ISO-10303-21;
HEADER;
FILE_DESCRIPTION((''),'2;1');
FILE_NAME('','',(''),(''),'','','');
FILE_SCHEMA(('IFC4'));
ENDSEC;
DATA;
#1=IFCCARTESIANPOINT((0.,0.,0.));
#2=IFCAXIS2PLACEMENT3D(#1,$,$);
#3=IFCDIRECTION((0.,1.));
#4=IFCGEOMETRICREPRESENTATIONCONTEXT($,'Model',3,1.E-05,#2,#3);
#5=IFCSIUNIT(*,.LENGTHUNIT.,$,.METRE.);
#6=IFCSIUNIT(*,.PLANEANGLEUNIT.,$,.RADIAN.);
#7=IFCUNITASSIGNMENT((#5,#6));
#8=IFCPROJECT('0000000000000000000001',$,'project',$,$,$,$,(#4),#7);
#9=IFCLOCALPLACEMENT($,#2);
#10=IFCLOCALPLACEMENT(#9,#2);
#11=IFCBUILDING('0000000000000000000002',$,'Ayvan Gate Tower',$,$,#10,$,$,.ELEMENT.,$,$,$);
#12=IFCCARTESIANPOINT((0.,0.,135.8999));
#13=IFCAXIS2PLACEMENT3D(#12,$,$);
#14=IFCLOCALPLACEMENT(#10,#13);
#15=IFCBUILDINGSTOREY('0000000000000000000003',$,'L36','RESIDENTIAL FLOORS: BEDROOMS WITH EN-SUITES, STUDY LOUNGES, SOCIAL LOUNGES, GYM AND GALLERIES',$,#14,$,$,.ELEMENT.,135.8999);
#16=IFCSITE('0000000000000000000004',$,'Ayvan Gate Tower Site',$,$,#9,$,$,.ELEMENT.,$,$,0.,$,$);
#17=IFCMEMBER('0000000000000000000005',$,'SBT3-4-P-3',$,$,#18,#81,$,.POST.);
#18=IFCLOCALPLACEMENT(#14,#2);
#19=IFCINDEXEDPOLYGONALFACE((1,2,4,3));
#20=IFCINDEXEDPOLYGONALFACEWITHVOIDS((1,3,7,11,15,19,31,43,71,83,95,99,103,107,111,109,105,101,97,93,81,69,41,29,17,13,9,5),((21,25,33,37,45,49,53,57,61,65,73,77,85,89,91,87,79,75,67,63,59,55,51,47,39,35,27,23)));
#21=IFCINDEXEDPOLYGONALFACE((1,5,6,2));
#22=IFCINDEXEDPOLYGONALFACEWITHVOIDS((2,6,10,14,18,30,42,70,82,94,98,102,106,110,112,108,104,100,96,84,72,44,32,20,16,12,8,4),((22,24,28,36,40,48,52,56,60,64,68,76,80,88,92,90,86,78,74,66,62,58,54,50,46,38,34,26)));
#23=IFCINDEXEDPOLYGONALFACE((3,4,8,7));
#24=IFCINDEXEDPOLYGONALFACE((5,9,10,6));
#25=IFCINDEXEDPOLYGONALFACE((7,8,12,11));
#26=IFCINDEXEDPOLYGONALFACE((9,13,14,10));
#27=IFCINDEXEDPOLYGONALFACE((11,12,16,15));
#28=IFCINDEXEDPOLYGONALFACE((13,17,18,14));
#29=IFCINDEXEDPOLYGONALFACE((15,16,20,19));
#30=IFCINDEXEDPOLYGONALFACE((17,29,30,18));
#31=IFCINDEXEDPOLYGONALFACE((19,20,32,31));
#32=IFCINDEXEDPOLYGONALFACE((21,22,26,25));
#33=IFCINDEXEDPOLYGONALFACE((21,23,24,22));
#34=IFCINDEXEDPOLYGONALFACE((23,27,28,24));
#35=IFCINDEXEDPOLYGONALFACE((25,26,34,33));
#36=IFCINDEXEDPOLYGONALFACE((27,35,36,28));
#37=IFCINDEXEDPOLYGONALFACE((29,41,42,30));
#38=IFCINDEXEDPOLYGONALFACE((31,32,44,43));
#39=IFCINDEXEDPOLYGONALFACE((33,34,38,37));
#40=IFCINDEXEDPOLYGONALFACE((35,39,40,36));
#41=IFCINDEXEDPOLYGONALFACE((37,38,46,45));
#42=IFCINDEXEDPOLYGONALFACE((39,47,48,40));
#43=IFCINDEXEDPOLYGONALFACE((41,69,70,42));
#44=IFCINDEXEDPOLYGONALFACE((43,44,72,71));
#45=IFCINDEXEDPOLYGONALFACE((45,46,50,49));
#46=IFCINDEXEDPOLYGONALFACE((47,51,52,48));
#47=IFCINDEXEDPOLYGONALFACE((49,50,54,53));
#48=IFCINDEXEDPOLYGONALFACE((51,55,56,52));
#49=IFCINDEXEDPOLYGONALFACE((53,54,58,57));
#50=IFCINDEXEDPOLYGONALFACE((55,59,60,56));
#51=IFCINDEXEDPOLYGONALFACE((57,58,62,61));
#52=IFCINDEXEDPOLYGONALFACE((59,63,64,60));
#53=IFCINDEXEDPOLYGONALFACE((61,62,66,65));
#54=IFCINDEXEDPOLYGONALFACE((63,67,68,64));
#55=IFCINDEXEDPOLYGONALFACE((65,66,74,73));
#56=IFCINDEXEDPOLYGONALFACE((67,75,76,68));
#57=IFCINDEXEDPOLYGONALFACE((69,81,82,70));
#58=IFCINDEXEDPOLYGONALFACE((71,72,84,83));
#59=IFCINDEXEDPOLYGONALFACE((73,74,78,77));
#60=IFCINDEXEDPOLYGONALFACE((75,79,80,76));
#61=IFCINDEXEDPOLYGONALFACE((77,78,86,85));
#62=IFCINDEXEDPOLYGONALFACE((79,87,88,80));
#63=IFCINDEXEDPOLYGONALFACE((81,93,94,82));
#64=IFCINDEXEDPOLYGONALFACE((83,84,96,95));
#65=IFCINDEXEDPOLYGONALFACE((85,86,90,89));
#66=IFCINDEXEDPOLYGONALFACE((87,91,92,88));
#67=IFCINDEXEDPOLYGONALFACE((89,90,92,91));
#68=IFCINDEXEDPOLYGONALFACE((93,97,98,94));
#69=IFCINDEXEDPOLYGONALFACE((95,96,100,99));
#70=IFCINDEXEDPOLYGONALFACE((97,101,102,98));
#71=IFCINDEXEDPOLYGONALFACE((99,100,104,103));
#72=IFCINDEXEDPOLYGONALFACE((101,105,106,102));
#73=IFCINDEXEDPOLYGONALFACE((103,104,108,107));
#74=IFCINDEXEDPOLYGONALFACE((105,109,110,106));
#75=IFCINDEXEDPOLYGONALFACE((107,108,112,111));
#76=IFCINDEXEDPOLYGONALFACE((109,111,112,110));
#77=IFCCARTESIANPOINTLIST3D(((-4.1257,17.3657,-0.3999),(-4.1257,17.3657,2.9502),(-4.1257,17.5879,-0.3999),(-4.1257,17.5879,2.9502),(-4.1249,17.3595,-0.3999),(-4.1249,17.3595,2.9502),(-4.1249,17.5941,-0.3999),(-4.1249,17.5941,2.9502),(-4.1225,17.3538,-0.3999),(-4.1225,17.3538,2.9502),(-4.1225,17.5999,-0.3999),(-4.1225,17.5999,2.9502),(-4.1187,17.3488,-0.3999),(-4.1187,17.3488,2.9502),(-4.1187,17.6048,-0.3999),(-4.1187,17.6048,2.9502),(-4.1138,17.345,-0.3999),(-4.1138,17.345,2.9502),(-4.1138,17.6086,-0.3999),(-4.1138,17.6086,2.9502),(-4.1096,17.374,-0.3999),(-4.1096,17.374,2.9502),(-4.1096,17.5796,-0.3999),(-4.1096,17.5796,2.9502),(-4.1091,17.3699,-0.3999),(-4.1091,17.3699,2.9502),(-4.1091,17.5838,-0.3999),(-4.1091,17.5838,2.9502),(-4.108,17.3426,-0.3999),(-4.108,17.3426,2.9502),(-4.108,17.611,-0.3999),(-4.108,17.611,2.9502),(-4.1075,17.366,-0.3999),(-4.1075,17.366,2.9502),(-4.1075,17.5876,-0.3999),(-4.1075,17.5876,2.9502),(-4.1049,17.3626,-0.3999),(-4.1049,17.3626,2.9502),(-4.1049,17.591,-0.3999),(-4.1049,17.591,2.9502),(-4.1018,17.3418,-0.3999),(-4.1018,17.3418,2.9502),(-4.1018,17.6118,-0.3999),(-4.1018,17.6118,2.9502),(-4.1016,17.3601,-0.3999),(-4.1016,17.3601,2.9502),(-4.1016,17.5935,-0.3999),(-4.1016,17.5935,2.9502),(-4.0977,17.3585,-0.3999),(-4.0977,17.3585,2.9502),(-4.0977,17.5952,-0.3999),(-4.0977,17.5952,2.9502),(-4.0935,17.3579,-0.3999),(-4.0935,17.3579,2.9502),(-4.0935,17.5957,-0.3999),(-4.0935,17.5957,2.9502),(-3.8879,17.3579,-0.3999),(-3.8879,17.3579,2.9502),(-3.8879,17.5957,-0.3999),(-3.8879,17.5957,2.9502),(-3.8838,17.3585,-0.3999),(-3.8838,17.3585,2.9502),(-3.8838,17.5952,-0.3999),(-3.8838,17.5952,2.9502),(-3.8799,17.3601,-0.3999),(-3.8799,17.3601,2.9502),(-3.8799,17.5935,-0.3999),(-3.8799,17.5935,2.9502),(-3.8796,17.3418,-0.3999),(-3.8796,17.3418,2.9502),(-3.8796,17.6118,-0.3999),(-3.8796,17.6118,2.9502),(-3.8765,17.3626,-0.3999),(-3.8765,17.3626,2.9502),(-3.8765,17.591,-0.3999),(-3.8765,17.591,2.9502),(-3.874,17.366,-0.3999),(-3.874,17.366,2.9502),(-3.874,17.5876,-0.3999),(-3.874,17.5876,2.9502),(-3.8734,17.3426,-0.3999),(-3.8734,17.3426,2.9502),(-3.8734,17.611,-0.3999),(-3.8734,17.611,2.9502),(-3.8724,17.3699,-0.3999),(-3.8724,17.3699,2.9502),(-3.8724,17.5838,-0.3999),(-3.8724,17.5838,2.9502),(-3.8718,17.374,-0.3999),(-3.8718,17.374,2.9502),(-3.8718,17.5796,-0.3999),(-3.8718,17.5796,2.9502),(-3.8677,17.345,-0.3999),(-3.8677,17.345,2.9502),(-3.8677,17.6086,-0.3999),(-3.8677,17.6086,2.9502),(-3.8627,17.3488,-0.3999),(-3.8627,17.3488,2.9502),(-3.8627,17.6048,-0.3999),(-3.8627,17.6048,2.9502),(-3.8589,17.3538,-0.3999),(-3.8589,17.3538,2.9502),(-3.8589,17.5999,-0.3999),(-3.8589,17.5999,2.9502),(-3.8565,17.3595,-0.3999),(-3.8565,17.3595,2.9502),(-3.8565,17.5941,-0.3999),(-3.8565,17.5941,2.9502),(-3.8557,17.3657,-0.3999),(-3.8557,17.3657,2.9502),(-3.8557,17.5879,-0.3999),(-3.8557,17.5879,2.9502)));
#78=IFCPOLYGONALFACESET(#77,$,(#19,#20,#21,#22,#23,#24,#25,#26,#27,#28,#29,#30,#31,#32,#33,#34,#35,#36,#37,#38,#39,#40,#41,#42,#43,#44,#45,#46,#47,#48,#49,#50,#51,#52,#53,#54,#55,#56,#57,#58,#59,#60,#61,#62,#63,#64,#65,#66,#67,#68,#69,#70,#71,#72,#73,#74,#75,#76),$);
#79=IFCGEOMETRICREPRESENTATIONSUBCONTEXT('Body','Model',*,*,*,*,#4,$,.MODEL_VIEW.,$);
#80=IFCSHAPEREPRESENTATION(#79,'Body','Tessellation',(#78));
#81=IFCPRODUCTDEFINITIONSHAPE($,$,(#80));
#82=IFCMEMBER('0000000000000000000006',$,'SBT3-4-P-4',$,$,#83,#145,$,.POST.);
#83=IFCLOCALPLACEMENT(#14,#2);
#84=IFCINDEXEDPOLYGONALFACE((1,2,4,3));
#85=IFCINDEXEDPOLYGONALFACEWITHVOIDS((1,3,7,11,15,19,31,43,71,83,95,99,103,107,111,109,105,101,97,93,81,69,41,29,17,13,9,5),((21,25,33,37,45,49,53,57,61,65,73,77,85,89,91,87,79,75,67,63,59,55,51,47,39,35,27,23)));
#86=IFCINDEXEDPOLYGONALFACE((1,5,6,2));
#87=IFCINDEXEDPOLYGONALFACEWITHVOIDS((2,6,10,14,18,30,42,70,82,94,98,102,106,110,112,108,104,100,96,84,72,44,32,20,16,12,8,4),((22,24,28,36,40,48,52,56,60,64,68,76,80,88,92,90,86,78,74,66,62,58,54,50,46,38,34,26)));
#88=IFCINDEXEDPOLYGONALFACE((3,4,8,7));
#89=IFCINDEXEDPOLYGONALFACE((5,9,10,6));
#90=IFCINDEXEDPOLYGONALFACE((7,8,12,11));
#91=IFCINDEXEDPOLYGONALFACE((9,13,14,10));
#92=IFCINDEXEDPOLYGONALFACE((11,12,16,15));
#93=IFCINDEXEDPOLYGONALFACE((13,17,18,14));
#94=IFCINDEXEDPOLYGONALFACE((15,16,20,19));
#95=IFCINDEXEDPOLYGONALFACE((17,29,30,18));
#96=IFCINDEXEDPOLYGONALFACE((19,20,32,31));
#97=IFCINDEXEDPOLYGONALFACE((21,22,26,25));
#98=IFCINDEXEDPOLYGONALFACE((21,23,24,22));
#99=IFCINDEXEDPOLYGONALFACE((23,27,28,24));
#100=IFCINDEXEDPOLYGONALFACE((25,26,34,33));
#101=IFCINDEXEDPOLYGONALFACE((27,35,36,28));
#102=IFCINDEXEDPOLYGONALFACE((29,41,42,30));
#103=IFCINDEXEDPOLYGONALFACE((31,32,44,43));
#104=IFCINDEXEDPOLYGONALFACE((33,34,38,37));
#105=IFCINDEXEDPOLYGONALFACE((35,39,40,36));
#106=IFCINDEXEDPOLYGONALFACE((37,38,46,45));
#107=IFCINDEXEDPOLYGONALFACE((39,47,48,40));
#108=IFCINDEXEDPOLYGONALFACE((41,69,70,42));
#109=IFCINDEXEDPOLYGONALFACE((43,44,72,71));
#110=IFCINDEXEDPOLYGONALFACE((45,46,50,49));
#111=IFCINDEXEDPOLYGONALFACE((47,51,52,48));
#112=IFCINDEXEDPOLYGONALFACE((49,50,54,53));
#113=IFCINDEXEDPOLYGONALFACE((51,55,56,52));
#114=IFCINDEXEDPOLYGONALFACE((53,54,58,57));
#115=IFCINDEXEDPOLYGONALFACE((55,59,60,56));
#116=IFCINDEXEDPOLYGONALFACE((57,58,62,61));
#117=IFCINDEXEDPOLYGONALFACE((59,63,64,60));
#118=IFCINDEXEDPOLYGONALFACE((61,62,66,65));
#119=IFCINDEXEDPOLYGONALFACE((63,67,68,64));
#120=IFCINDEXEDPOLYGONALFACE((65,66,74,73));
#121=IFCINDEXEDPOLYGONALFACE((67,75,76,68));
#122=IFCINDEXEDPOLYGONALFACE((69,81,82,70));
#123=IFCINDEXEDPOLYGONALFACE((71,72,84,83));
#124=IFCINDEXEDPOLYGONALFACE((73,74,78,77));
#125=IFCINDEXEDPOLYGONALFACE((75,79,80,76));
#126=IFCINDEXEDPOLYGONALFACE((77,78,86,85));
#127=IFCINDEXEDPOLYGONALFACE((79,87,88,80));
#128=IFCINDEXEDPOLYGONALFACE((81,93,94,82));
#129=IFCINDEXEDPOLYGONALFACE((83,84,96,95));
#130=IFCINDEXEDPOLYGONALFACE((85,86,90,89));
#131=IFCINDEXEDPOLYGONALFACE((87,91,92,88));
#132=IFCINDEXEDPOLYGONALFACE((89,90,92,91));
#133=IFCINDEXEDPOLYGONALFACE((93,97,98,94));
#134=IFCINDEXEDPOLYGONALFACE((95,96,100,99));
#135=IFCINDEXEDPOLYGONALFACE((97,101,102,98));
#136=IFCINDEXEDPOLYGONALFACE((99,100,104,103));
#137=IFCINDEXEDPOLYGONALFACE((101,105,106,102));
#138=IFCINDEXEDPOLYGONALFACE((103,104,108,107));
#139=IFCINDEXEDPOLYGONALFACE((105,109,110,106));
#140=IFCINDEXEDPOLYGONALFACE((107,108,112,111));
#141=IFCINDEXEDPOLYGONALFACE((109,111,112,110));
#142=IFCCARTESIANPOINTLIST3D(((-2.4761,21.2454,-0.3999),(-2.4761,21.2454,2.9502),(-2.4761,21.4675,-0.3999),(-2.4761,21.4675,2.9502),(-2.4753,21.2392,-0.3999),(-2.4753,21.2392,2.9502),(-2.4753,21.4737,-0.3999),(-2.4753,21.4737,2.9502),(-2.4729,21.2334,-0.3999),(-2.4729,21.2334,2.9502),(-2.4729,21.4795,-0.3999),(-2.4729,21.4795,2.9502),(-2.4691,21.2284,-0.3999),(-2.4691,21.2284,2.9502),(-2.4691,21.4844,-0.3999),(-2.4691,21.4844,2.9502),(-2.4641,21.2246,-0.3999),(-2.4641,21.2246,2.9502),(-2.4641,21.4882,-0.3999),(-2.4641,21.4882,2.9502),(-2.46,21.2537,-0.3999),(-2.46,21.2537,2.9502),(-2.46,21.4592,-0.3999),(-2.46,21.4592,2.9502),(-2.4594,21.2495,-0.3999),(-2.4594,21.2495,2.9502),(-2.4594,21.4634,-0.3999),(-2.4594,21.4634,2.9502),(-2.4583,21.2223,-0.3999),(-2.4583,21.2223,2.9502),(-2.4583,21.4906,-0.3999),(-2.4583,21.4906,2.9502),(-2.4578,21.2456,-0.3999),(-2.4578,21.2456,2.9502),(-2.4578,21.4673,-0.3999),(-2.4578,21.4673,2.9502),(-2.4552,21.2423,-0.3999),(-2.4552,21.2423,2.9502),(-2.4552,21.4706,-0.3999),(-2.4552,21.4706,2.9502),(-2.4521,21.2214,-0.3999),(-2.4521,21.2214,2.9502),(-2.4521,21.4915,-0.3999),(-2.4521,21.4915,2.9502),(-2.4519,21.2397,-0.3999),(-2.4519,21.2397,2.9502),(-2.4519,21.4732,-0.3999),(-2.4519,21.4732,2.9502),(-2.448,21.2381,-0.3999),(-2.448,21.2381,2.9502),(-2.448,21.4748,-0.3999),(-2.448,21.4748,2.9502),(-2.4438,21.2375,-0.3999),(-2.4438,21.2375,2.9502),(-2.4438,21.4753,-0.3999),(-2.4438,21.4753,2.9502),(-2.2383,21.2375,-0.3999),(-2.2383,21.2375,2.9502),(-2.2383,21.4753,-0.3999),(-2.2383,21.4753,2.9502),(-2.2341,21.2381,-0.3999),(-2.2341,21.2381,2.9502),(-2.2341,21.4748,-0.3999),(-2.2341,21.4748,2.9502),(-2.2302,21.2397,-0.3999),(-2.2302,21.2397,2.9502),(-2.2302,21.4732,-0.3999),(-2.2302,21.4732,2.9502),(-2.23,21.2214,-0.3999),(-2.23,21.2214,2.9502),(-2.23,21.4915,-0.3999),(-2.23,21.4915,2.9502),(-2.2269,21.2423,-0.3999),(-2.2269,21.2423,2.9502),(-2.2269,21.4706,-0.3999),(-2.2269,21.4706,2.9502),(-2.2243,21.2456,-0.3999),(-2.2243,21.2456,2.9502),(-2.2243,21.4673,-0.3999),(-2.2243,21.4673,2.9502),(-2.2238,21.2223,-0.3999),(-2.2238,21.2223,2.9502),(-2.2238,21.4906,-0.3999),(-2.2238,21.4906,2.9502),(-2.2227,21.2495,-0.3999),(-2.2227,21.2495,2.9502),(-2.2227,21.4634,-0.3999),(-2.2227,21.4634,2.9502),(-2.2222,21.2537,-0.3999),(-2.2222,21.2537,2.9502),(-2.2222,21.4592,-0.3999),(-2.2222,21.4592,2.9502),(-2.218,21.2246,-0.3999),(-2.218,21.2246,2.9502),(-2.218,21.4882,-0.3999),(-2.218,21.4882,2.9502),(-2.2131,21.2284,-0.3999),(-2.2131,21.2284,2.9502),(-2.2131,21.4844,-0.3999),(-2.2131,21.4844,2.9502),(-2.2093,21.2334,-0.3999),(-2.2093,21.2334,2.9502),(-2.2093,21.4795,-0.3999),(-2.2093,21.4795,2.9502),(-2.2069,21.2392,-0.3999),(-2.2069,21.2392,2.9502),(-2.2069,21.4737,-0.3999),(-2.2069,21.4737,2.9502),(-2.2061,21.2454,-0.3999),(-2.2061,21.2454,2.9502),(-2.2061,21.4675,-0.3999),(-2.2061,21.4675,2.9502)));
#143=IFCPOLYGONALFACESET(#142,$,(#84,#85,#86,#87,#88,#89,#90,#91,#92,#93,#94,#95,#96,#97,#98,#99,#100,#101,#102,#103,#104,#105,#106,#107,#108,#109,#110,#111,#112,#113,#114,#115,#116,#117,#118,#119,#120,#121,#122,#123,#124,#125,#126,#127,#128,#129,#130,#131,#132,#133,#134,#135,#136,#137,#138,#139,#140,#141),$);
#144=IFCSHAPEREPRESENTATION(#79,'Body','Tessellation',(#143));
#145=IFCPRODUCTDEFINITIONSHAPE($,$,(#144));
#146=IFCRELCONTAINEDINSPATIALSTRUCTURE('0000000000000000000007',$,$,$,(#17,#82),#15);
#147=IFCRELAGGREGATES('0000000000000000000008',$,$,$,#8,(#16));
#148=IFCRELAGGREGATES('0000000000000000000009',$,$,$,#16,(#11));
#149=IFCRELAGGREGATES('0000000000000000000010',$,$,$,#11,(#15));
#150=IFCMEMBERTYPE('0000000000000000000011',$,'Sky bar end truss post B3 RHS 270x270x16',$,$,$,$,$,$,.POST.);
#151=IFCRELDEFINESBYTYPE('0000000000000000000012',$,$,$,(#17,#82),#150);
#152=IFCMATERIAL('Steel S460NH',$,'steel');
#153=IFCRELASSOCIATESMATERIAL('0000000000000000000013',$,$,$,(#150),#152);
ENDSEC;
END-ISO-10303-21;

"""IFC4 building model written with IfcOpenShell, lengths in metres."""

from ifc_helpers import new_model, si_unit, direction, frame, origin, origin_2d, place, context, subcontext, project, spatial, hollow_rectangle, extrude, material, material_profile, profile_set, type_object, element, save


model = new_model("IFC4")

# Units and contexts
model_context = context("Model", 3, precision=1e-05, world=origin(), true_north=direction((0.0, 1.0)))
body_context = subcontext(model_context, "Body", "Model", "MODEL_VIEW")
ifc_project = project(units=[si_unit("LENGTHUNIT", "METRE"), si_unit("PLANEANGLEUNIT", "RADIAN")], contexts=[model_context])

# Site, building, storey
site_placement = place(None, origin())
site = spatial("IfcSite", under=ifc_project, at=site_placement, Name="Ayvan Gate Tower Site", CompositionType="ELEMENT", RefElevation=0.0)
building_placement = place(site_placement, origin())
building = spatial("IfcBuilding", under=site, at=building_placement, Name="Ayvan Gate Tower", CompositionType="ELEMENT")
storey_placement = place(building_placement, frame((0.0, 0.0, 135.8999)))
storey = spatial("IfcBuildingStorey", under=building, at=storey_placement, Name="L36", Description="RESIDENTIAL FLOORS: BEDROOMS WITH EN-SUITES, STUDY LOUNGES, SOCIAL LOUNGES, GYM AND GALLERIES", CompositionType="ELEMENT", Elevation=135.8999)

# Members
ifc_material_1 = material(Name="Steel S460NH", Category="steel")
ifc_material_profile_1 = material_profile(ifc_material_1, hollow_rectangle(XDim=0.27, YDim=0.27, WallThickness=0.0161, InnerFilletRadius=0.0161, OuterFilletRadius=0.0239, at=origin_2d()), Name="RHS 270x270x16")
ifc_profile_set_1 = profile_set([ifc_material_profile_1], Name="Steel S460NH")
member_type_1 = type_object("IfcMemberType", Name="Sky bar end truss post B3 RHS 270x270x16", PredefinedType="POST", material=ifc_profile_set_1)
for number, where, z_axis, x_axis, name in (
    (1, (-3.9907, 17.4768, -0.3999), (0.0, 0.0, 1.0), (1.0, 0.0, 0.0), "SBT3-4-P-3"),
    (2, (-2.3411, 21.3564, -0.3999), (0.0, 0.0, 1.0), (1.0, 0.0, 0.0), "SBT3-4-P-4"),
):
    element("IfcMember", number, at=place(storey_placement, frame(where, z_axis=z_axis, x_axis=x_axis)), inside=storey, type_object=member_type_1, Name=name, PredefinedType="POST", context=body_context, shape_type="SweptSolid", body=[
        extrude(hollow_rectangle(XDim=0.27, YDim=0.27, WallThickness=0.0161, InnerFilletRadius=0.0161, OuterFilletRadius=0.0239, at=origin_2d()), origin(), (0.0, 0.0, 1.0), 3.3501),
    ])

save(model, "model.ifc")
